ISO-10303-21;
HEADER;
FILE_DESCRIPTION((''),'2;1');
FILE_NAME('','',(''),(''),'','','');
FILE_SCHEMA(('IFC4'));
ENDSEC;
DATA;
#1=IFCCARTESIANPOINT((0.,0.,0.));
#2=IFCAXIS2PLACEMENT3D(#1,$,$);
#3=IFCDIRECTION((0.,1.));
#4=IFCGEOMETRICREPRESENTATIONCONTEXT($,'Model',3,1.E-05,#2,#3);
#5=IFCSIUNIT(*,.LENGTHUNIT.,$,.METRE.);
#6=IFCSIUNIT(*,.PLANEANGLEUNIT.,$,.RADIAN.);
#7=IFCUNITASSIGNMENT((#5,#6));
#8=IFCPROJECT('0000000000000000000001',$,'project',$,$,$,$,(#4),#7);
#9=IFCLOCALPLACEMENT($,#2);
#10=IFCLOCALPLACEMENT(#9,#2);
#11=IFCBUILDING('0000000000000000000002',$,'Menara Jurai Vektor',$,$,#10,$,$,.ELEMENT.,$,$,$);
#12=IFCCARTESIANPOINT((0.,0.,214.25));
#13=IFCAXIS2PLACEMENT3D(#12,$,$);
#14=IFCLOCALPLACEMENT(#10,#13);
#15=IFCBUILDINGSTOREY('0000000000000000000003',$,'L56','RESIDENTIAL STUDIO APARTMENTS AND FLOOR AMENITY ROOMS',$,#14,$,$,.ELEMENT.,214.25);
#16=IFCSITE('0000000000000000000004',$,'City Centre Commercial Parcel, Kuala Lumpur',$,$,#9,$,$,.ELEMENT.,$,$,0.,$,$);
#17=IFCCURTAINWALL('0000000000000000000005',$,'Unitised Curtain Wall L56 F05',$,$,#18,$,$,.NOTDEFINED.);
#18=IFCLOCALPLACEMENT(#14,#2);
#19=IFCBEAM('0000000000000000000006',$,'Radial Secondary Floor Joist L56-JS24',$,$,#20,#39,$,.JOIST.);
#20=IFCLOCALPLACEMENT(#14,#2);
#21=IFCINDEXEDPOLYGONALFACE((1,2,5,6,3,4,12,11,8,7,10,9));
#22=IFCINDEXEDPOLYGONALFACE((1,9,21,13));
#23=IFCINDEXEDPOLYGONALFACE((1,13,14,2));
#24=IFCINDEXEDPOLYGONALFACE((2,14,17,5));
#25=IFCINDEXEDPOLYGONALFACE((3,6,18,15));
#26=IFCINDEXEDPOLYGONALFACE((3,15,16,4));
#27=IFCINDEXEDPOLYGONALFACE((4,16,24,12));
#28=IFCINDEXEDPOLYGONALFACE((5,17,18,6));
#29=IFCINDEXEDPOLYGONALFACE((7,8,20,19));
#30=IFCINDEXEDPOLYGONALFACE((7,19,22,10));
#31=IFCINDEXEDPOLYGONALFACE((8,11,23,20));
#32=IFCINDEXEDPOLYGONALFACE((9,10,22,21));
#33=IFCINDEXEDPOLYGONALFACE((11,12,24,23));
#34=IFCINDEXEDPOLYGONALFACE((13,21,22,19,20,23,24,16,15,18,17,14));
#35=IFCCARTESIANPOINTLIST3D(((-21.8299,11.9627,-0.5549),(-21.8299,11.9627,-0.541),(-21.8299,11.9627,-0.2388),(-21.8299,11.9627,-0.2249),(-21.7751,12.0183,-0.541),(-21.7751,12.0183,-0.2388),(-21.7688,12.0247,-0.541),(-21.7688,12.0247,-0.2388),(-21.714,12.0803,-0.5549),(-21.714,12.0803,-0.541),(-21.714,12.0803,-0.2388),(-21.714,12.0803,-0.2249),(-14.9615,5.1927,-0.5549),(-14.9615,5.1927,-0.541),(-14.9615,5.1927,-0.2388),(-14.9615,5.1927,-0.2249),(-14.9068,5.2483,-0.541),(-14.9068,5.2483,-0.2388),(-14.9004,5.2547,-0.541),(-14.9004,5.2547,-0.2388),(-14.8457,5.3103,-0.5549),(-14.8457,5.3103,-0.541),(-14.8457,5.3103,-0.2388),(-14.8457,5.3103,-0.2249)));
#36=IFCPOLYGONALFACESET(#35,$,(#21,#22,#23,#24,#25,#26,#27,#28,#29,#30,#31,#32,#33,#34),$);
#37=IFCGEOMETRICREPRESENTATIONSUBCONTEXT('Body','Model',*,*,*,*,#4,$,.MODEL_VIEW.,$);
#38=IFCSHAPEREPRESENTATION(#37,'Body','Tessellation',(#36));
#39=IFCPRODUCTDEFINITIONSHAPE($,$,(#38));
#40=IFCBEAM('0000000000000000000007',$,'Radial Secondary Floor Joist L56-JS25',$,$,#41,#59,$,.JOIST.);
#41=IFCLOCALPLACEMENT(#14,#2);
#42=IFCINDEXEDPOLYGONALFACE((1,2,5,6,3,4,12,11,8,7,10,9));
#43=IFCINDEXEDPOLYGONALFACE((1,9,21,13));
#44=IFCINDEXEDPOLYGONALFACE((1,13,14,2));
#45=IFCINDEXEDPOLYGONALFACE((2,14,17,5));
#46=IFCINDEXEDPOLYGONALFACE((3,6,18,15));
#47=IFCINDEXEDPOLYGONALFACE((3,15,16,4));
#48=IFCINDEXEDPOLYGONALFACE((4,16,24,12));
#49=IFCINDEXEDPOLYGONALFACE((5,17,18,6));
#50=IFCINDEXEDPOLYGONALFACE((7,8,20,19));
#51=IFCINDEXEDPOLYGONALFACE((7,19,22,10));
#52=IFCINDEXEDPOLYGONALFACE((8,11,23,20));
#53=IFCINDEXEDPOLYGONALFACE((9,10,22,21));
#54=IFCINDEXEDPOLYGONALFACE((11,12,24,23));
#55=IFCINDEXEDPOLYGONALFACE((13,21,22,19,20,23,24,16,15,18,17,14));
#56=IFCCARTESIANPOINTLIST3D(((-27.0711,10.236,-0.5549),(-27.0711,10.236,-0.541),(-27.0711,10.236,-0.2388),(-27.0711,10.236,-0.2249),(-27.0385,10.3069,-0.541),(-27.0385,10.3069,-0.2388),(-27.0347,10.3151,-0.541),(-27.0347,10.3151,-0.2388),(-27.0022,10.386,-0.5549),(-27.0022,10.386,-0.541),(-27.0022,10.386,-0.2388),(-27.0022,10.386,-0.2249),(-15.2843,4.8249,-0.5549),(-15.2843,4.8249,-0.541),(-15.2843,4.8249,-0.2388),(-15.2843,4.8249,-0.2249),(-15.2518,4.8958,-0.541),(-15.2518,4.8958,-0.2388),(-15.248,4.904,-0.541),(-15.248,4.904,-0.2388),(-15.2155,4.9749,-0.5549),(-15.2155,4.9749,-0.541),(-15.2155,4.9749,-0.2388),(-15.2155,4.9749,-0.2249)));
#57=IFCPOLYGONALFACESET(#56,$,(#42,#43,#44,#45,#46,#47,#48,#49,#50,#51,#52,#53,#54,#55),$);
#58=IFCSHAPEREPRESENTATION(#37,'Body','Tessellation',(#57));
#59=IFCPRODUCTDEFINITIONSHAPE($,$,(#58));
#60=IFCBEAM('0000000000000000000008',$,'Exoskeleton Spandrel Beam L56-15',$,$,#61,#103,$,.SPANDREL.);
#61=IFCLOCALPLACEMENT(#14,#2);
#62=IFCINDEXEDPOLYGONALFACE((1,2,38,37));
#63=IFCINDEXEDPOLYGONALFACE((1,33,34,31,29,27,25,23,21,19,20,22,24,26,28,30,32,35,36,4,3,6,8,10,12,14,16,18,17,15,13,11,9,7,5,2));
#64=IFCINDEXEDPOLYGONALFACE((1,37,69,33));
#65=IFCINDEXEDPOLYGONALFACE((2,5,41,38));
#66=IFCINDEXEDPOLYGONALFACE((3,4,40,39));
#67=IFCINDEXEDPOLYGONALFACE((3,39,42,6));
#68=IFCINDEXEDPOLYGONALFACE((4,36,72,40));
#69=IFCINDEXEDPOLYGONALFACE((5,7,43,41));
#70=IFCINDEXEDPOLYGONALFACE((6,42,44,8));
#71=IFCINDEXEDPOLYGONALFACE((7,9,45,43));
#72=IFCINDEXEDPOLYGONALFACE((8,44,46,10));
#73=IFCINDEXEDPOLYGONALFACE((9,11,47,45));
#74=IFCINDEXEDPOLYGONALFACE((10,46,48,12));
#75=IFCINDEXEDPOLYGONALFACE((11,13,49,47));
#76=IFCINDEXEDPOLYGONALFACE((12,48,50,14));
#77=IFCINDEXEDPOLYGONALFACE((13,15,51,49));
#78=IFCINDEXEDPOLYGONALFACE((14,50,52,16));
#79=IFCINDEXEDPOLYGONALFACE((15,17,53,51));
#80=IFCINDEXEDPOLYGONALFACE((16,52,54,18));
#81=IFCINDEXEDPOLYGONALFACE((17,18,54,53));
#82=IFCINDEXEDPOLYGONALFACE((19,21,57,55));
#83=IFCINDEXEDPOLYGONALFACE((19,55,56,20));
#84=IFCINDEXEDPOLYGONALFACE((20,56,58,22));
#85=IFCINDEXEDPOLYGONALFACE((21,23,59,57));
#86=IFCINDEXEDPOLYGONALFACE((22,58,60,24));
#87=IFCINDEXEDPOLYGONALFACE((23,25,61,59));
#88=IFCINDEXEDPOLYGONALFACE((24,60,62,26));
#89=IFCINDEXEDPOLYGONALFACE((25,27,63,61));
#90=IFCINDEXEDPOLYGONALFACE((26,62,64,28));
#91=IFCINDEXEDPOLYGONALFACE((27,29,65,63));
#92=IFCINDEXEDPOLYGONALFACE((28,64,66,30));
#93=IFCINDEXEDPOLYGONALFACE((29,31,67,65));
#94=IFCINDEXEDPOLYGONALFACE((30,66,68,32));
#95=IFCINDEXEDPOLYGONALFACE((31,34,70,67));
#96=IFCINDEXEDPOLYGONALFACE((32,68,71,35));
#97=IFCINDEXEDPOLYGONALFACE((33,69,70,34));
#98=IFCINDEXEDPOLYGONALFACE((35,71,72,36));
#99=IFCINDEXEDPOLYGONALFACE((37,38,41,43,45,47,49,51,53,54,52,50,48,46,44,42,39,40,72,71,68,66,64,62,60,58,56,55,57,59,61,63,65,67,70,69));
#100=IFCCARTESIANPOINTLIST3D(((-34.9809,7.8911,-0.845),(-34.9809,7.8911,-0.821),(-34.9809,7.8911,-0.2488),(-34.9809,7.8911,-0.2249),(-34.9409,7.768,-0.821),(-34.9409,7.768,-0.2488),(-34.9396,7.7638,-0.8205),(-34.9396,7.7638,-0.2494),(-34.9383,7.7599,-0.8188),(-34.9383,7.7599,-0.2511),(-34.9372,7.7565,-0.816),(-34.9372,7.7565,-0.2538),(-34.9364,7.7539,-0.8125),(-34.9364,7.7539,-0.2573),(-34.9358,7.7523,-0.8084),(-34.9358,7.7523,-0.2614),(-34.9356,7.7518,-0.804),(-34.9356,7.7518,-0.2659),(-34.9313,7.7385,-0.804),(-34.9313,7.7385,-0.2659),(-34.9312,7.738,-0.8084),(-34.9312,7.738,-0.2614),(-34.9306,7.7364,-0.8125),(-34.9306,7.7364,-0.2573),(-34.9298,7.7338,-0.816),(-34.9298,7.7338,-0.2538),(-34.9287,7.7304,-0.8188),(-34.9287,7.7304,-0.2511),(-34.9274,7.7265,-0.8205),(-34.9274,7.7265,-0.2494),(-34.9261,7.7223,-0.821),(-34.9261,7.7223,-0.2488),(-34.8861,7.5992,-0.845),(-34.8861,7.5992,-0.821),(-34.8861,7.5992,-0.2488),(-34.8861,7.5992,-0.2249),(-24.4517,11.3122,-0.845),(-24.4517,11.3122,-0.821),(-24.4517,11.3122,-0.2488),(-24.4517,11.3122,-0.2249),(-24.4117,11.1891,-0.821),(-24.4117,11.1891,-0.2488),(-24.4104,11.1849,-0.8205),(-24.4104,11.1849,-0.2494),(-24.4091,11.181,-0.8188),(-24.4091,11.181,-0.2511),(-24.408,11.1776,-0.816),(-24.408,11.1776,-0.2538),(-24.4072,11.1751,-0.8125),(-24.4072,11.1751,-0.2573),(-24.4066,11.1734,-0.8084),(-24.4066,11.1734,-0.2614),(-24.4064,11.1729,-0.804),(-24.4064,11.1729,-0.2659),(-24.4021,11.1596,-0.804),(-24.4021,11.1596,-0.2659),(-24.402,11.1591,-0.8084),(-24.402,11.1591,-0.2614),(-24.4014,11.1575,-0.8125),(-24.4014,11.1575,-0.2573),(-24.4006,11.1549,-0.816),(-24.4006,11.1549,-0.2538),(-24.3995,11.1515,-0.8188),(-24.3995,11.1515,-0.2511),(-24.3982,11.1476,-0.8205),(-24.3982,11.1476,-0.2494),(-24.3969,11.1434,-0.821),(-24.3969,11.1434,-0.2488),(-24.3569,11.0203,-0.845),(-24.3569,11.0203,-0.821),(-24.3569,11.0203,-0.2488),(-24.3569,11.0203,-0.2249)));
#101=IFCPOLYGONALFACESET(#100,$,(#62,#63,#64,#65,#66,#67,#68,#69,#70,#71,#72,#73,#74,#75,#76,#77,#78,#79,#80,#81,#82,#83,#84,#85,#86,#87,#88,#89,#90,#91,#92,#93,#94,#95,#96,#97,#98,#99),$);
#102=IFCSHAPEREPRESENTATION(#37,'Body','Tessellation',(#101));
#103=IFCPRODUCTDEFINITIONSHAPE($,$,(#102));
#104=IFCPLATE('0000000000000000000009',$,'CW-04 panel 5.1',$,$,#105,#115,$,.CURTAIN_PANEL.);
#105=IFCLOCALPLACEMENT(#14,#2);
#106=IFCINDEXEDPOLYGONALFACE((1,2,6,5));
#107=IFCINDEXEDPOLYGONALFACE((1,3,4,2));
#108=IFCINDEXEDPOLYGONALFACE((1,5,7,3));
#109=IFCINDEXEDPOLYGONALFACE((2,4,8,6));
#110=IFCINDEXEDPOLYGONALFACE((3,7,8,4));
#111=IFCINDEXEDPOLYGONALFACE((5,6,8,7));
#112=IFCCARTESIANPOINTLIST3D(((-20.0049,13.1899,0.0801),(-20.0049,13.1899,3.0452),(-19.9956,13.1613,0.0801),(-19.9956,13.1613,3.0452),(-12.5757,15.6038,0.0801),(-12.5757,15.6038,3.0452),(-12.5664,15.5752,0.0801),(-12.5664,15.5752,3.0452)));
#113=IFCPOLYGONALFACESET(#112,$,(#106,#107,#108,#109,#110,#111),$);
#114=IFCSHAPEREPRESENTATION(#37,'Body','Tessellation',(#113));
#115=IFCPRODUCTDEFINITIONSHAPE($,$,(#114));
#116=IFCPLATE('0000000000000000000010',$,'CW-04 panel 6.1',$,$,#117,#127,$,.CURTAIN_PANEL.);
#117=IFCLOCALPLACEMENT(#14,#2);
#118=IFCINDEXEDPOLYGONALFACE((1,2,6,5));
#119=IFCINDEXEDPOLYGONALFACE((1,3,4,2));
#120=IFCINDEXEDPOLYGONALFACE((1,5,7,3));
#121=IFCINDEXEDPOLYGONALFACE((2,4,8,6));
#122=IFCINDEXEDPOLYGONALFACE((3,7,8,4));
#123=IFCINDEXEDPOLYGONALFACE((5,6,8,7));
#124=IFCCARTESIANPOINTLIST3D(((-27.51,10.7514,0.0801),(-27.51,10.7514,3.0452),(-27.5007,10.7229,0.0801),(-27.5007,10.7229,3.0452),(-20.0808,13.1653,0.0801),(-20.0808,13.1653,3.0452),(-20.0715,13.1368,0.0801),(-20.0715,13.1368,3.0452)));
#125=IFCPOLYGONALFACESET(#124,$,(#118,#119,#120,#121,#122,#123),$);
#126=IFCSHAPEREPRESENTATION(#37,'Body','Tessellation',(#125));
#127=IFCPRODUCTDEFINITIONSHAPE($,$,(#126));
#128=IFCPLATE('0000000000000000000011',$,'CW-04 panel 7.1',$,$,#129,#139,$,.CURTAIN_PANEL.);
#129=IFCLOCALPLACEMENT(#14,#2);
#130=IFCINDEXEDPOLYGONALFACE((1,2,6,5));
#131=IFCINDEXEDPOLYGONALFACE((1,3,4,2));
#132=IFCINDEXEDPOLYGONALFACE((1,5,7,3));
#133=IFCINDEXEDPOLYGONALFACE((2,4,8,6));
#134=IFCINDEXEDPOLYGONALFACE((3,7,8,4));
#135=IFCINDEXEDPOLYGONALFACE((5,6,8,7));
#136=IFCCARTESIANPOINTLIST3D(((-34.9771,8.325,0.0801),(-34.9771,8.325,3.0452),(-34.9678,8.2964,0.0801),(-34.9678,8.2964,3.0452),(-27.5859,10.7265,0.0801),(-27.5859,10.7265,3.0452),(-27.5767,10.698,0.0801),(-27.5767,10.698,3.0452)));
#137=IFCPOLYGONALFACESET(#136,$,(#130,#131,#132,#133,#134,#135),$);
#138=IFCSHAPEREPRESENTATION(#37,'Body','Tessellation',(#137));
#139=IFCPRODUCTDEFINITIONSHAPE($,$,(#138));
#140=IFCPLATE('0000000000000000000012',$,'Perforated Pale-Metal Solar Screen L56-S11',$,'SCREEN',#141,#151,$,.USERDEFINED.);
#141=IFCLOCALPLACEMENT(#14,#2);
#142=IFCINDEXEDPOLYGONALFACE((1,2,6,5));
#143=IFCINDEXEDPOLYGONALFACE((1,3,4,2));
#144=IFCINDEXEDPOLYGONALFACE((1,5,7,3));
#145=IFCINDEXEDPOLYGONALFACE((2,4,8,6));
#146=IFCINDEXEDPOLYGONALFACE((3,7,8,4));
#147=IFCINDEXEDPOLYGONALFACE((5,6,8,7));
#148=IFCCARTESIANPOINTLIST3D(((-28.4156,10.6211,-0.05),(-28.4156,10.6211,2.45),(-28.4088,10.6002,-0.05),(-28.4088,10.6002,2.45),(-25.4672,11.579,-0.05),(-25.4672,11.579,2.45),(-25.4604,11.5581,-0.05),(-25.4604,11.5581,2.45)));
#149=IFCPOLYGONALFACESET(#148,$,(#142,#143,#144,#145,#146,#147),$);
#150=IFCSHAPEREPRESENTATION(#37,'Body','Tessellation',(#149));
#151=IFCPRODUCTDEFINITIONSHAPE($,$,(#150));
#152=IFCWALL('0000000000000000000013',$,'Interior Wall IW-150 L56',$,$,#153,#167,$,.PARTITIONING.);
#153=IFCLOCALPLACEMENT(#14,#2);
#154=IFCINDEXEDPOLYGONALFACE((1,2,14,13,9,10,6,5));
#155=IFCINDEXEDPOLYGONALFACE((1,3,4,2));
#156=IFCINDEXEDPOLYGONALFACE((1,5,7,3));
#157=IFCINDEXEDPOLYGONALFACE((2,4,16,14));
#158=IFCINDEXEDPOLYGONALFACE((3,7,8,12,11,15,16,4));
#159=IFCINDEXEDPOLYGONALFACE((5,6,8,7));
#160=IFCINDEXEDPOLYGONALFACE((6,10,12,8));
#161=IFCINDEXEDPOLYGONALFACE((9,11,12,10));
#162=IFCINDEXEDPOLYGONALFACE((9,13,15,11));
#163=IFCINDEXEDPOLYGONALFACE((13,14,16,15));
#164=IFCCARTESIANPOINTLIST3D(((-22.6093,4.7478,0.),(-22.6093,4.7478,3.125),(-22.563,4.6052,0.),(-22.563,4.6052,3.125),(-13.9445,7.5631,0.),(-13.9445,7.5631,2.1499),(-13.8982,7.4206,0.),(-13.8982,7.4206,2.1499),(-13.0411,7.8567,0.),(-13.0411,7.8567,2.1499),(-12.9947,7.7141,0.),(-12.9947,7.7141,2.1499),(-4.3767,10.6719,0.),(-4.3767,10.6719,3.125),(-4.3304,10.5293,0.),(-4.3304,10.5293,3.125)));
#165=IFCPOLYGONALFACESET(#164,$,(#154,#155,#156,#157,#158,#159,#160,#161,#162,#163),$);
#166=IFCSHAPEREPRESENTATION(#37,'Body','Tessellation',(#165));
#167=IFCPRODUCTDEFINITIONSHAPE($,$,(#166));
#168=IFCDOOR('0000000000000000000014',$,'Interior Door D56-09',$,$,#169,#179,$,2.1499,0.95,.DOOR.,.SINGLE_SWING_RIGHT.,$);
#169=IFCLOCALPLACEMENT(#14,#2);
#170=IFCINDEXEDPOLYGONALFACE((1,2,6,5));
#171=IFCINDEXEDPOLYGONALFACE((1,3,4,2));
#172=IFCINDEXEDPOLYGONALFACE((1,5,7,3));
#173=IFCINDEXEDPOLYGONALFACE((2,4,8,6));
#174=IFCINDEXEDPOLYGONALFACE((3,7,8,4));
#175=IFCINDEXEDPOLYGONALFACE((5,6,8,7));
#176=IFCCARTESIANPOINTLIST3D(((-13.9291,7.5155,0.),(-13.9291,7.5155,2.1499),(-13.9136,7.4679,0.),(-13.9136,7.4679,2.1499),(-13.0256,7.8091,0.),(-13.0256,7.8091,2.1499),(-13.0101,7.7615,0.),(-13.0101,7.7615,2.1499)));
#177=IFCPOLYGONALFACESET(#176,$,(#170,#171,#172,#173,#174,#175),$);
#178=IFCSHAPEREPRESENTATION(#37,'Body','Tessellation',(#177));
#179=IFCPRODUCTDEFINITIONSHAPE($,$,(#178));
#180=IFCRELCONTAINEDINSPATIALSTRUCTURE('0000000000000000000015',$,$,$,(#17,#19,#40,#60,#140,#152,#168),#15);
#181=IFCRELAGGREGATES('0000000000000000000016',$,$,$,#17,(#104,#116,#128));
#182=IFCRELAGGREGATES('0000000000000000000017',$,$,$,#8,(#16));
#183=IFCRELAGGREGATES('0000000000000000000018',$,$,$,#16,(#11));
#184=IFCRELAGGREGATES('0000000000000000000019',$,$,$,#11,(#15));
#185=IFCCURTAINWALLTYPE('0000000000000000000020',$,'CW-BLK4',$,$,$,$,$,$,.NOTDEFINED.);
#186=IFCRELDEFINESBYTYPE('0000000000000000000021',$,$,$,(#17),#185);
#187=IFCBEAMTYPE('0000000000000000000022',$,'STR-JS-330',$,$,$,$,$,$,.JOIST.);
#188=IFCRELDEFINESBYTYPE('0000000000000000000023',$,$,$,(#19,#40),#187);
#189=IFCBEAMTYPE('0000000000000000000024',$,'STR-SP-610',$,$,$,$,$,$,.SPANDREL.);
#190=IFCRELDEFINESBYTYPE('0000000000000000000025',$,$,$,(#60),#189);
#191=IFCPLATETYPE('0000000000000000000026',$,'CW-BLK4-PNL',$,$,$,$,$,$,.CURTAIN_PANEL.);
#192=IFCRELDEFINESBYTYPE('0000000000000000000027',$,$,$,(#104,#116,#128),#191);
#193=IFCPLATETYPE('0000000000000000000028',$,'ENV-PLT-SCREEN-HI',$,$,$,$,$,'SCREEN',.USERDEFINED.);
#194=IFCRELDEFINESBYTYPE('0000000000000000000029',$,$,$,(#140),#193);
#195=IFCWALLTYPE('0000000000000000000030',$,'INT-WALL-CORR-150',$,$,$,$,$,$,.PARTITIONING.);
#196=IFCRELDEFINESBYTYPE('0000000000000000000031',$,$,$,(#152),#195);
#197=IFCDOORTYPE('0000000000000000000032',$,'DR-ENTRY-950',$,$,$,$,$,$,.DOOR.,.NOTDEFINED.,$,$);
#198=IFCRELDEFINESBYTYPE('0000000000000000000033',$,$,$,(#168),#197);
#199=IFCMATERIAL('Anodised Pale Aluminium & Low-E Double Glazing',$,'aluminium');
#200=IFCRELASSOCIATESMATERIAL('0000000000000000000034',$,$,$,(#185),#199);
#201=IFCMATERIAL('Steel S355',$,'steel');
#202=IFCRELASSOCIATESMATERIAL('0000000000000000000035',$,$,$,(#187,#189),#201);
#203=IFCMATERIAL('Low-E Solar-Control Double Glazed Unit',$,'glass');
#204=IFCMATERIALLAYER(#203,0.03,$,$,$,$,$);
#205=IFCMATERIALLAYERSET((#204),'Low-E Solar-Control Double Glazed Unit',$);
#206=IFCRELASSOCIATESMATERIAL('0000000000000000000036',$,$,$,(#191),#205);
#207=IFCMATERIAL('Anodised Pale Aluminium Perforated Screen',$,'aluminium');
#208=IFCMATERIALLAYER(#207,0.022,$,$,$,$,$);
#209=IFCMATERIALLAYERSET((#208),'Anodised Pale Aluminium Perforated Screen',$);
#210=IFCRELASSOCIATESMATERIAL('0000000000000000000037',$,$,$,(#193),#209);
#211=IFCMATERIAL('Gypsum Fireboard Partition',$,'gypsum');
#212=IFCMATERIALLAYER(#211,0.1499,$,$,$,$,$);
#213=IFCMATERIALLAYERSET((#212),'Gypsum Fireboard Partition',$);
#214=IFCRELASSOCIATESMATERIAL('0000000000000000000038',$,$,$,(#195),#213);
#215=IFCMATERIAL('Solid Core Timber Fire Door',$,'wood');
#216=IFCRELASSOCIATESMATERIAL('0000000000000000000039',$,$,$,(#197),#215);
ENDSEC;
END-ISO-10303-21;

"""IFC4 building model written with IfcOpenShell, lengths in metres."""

from ifc_helpers import new_model, si_unit, direction, frame, frame_2d, origin, origin_2d, place, context, subcontext, project, spatial, rectangle, i_section, extrude, material, layer, layer_set, material_profile, profile_set, type_object, element, fill, aggregate, save


model = new_model("IFC4")

# Units and contexts
model_context = context("Model", 3, precision=1e-05, world=origin(), true_north=direction((0.0, 1.0)))
body_context = subcontext(model_context, "Body", "Model", "MODEL_VIEW")
ifc_project = project(units=[si_unit("LENGTHUNIT", "METRE"), si_unit("PLANEANGLEUNIT", "RADIAN")], contexts=[model_context])

# Site, building, storey
site_placement = place(None, origin())
site = spatial("IfcSite", under=ifc_project, at=site_placement, Name="City Centre Commercial Parcel, Kuala Lumpur", CompositionType="ELEMENT", RefElevation=0.0)
building_placement = place(site_placement, origin())
building = spatial("IfcBuilding", under=site, at=building_placement, Name="Menara Jurai Vektor", CompositionType="ELEMENT")
storey_placement = place(building_placement, frame((0.0, 0.0, 214.25)))
storey = spatial("IfcBuildingStorey", under=building, at=storey_placement, Name="L56", Description="RESIDENTIAL STUDIO APARTMENTS AND FLOOR AMENITY ROOMS", CompositionType="ELEMENT", Elevation=214.25)

# Curtain wall
ifc_material_1 = material(Name="Anodised Pale Aluminium & Low-E Double Glazing", Category="aluminium")
curtain_wall_type = type_object("IfcCurtainWallType", Name="CW-BLK4", PredefinedType="NOTDEFINED", material=ifc_material_1)
curtain_wall_placement = place(storey_placement, origin())
curtain_wall = element("IfcCurtainWall", 1, at=curtain_wall_placement, inside=storey, type_object=curtain_wall_type, Name="Unitised Curtain Wall L56 F05", PredefinedType="NOTDEFINED")

# Beams
ifc_material_2 = material(Name="Steel S355", Category="steel")
ifc_material_profile_1 = material_profile(ifc_material_2, i_section(OverallWidth=0.165, OverallDepth=0.3301, WebThickness=0.009, FlangeThickness=0.0139, at=origin_2d()), Name="PG 330x165x46")
ifc_profile_set_1 = profile_set([ifc_material_profile_1], Name="Steel S355")
beam_type_1 = type_object("IfcBeamType", Name="STR-JS-330", PredefinedType="JOIST", material=ifc_profile_set_1)
beam_1_placement = place(storey_placement, frame((-21.772, 12.0215, -0.3899), z_axis=(0.712189, -0.701987, 0.0), x_axis=(0.701987, 0.712189, 0.0)))
element("IfcBeam", 2, at=beam_1_placement, inside=storey, type_object=beam_type_1, Name="Radial Secondary Floor Joist L56-JS24", PredefinedType="JOIST", context=body_context, shape_type="SweptSolid", body=[
    extrude(i_section(OverallWidth=0.165, OverallDepth=0.3301, WebThickness=0.009, FlangeThickness=0.0139, at=origin_2d()), origin(), (0.0, 0.0, 1.0), 9.644),
])
beam_2_placement = place(storey_placement, frame((-27.0366, 10.311, -0.3899), z_axis=(0.908804, -0.417224, 0.0), x_axis=(0.417224, 0.908804, 0.0)))
element("IfcBeam", 3, at=beam_2_placement, inside=storey, type_object=beam_type_1, Name="Radial Secondary Floor Joist L56-JS25", PredefinedType="JOIST", context=body_context, shape_type="SweptSolid", body=[
    extrude(i_section(OverallWidth=0.165, OverallDepth=0.3301, WebThickness=0.009, FlangeThickness=0.0139, at=origin_2d()), origin(), (0.0, 0.0, 1.0), 12.9695),
])
ifc_material_profile_2 = material_profile(ifc_material_2, i_section(OverallWidth=0.3069, OverallDepth=0.6201, WebThickness=0.0139, FlangeThickness=0.0239, FilletRadius=0.0171, at=origin_2d()), Name="UKB 610x305x179")
ifc_profile_set_2 = profile_set([ifc_material_profile_2], Name="Steel S355")
beam_type_2 = type_object("IfcBeamType", Name="STR-SP-610", PredefinedType="SPANDREL", material=ifc_profile_set_2)
beam_3_placement = place(storey_placement, frame((-24.4043, 11.1663, -0.5349), z_axis=(-0.951057, -0.309014, 0.0), x_axis=(0.309014, -0.951057, 0.0)))
element("IfcBeam", 4, at=beam_3_placement, inside=storey, type_object=beam_type_2, Name="Exoskeleton Spandrel Beam L56-15", PredefinedType="SPANDREL", context=body_context, shape_type="SweptSolid", body=[
    extrude(i_section(OverallWidth=0.3069, OverallDepth=0.6201, WebThickness=0.0139, FlangeThickness=0.0239, FilletRadius=0.0171, at=origin_2d()), origin(), (0.0, 0.0, 1.0), 11.071),
])

# Plates
ifc_material_3 = material(Name="Low-E Solar-Control Double Glazed Unit", Category="glass")
ifc_layer_1 = layer(ifc_material_3, 0.03)
ifc_layer_set_1 = layer_set([ifc_layer_1], Name="Low-E Solar-Control Double Glazed Unit")
plate_type_1 = type_object("IfcPlateType", Name="CW-BLK4-PNL", PredefinedType="CURTAIN_PANEL", material=ifc_layer_set_1)
plate_1_placement = place(storey_placement, frame((-16.2856, 14.3826, 0.0801), z_axis=(0.0, 0.0, 1.0), x_axis=(-0.951056, -0.309017, 0.0)))
plate_1 = element("IfcPlate", 5, at=plate_1_placement, type_object=plate_type_1, Name="CW-04 panel 5.1", PredefinedType="CURTAIN_PANEL", context=body_context, shape_type="SweptSolid", body=[
    extrude(rectangle(XDim=7.8115, YDim=0.03, at=origin_2d()), origin(), (0.0, 0.0, 1.0), 2.9651),
])
plate_2_placement = place(storey_placement, frame((-23.7908, 11.9441, 0.0801), z_axis=(0.0, 0.0, 1.0), x_axis=(-0.951056, -0.309017, 0.0)))
plate_2 = element("IfcPlate", 6, at=plate_2_placement, type_object=plate_type_1, Name="CW-04 panel 6.1", PredefinedType="CURTAIN_PANEL", context=body_context, shape_type="SweptSolid", body=[
    extrude(rectangle(XDim=7.8115, YDim=0.03, at=origin_2d()), origin(), (0.0, 0.0, 1.0), 2.9651),
])
plate_3_placement = place(storey_placement, frame((-31.2769, 9.5115, 0.0801), z_axis=(0.0, 0.0, 1.0), x_axis=(-0.951056, -0.309017, 0.0)))
plate_3 = element("IfcPlate", 7, at=plate_3_placement, type_object=plate_type_1, Name="CW-04 panel 7.1", PredefinedType="CURTAIN_PANEL", context=body_context, shape_type="SweptSolid", body=[
    extrude(rectangle(XDim=7.7715, YDim=0.03, at=origin_2d()), origin(), (0.0, 0.0, 1.0), 2.9651),
])
aggregate(curtain_wall, [plate_1, plate_2, plate_3])
ifc_material_4 = material(Name="Anodised Pale Aluminium Perforated Screen", Category="aluminium")
ifc_layer_2 = layer(ifc_material_4, 0.022)
ifc_layer_set_2 = layer_set([ifc_layer_2], Name="Anodised Pale Aluminium Perforated Screen")
plate_type_2 = type_object("IfcPlateType", Name="ENV-PLT-SCREEN-HI", ElementType="SCREEN", PredefinedType="USERDEFINED", material=ifc_layer_set_2)
plate_4_placement = place(storey_placement, frame((-26.938, 11.0896, -0.05), z_axis=(0.0, 0.0, 1.0), x_axis=(-0.951057, -0.309017, 0.0)))
element("IfcPlate", 8, at=plate_4_placement, inside=storey, type_object=plate_type_2, Name="Perforated Pale-Metal Solar Screen L56-S11", ObjectType="SCREEN", PredefinedType="USERDEFINED", context=body_context, shape_type="SweptSolid", body=[
    extrude(rectangle(XDim=3.1001, YDim=0.022, at=origin_2d()), origin(), (0.0, 0.0, 1.0), 2.5),
])

# Wall, opening, door
ifc_material_5 = material(Name="Gypsum Fireboard Partition", Category="gypsum")
ifc_layer_3 = layer(ifc_material_5, 0.1499)
ifc_layer_set_3 = layer_set([ifc_layer_3], Name="Gypsum Fireboard Partition")
wall_type_1 = type_object("IfcWallType", Name="INT-WALL-CORR-150", PredefinedType="PARTITIONING", material=ifc_layer_set_3)
wall_1_placement = place(storey_placement, frame((-22.5862, 4.6765, 0.0), z_axis=(0.0, 0.0, 1.0), x_axis=(0.951058, 0.309013, 0.0)))
wall_1 = element("IfcWall", 9, at=wall_1_placement, inside=storey, type_object=wall_type_1, Name="Interior Wall IW-150 L56", PredefinedType="PARTITIONING", context=body_context, shape_type="SweptSolid", body=[
    extrude(rectangle(XDim=19.1709, YDim=0.1499, at=frame_2d((9.5854, 0.0))), origin(), (0.0, 0.0, 1.0), 3.125),
])
opening_1_placement = place(wall_1_placement, frame((9.1106, 0.0, 0.0)))
opening_1 = element("IfcOpeningElement", 10, at=opening_1_placement, cuts=wall_1, PredefinedType="OPENING", context=body_context, shape_type="SweptSolid", body=[
    extrude(rectangle(XDim=0.95, YDim=2.1499, at=frame_2d((0.4751, 1.075))), frame((0.0, 0.085, 0.0), z_axis=(0.0, -1.0, 0.0), x_axis=(1.0, 0.0, 0.0)), (0.0, 0.0, 1.0), 0.1699),
])
ifc_material_6 = material(Name="Solid Core Timber Fire Door", Category="wood")
door_type_1 = type_object("IfcDoorType", Name="DR-ENTRY-950", OperationType="NOTDEFINED", PredefinedType="DOOR", material=ifc_material_6)
door_1_placement = place(opening_1_placement, origin())
door_1 = element("IfcDoor", 11, at=door_1_placement, inside=storey, type_object=door_type_1, Name="Interior Door D56-09", OperationType="SINGLE_SWING_RIGHT", OverallHeight=2.1499, OverallWidth=0.95, PredefinedType="DOOR", context=body_context, shape_type="SweptSolid", body=[
    extrude(rectangle(XDim=0.95, YDim=2.1499, at=frame_2d((0.4751, 1.075))), frame((0.0, 0.0249, 0.0), z_axis=(0.0, -1.0, 0.0), x_axis=(1.0, 0.0, 0.0)), (0.0, 0.0, 1.0), 0.05),
])
fill(opening_1, door_1)

save(model, "model.ifc")
